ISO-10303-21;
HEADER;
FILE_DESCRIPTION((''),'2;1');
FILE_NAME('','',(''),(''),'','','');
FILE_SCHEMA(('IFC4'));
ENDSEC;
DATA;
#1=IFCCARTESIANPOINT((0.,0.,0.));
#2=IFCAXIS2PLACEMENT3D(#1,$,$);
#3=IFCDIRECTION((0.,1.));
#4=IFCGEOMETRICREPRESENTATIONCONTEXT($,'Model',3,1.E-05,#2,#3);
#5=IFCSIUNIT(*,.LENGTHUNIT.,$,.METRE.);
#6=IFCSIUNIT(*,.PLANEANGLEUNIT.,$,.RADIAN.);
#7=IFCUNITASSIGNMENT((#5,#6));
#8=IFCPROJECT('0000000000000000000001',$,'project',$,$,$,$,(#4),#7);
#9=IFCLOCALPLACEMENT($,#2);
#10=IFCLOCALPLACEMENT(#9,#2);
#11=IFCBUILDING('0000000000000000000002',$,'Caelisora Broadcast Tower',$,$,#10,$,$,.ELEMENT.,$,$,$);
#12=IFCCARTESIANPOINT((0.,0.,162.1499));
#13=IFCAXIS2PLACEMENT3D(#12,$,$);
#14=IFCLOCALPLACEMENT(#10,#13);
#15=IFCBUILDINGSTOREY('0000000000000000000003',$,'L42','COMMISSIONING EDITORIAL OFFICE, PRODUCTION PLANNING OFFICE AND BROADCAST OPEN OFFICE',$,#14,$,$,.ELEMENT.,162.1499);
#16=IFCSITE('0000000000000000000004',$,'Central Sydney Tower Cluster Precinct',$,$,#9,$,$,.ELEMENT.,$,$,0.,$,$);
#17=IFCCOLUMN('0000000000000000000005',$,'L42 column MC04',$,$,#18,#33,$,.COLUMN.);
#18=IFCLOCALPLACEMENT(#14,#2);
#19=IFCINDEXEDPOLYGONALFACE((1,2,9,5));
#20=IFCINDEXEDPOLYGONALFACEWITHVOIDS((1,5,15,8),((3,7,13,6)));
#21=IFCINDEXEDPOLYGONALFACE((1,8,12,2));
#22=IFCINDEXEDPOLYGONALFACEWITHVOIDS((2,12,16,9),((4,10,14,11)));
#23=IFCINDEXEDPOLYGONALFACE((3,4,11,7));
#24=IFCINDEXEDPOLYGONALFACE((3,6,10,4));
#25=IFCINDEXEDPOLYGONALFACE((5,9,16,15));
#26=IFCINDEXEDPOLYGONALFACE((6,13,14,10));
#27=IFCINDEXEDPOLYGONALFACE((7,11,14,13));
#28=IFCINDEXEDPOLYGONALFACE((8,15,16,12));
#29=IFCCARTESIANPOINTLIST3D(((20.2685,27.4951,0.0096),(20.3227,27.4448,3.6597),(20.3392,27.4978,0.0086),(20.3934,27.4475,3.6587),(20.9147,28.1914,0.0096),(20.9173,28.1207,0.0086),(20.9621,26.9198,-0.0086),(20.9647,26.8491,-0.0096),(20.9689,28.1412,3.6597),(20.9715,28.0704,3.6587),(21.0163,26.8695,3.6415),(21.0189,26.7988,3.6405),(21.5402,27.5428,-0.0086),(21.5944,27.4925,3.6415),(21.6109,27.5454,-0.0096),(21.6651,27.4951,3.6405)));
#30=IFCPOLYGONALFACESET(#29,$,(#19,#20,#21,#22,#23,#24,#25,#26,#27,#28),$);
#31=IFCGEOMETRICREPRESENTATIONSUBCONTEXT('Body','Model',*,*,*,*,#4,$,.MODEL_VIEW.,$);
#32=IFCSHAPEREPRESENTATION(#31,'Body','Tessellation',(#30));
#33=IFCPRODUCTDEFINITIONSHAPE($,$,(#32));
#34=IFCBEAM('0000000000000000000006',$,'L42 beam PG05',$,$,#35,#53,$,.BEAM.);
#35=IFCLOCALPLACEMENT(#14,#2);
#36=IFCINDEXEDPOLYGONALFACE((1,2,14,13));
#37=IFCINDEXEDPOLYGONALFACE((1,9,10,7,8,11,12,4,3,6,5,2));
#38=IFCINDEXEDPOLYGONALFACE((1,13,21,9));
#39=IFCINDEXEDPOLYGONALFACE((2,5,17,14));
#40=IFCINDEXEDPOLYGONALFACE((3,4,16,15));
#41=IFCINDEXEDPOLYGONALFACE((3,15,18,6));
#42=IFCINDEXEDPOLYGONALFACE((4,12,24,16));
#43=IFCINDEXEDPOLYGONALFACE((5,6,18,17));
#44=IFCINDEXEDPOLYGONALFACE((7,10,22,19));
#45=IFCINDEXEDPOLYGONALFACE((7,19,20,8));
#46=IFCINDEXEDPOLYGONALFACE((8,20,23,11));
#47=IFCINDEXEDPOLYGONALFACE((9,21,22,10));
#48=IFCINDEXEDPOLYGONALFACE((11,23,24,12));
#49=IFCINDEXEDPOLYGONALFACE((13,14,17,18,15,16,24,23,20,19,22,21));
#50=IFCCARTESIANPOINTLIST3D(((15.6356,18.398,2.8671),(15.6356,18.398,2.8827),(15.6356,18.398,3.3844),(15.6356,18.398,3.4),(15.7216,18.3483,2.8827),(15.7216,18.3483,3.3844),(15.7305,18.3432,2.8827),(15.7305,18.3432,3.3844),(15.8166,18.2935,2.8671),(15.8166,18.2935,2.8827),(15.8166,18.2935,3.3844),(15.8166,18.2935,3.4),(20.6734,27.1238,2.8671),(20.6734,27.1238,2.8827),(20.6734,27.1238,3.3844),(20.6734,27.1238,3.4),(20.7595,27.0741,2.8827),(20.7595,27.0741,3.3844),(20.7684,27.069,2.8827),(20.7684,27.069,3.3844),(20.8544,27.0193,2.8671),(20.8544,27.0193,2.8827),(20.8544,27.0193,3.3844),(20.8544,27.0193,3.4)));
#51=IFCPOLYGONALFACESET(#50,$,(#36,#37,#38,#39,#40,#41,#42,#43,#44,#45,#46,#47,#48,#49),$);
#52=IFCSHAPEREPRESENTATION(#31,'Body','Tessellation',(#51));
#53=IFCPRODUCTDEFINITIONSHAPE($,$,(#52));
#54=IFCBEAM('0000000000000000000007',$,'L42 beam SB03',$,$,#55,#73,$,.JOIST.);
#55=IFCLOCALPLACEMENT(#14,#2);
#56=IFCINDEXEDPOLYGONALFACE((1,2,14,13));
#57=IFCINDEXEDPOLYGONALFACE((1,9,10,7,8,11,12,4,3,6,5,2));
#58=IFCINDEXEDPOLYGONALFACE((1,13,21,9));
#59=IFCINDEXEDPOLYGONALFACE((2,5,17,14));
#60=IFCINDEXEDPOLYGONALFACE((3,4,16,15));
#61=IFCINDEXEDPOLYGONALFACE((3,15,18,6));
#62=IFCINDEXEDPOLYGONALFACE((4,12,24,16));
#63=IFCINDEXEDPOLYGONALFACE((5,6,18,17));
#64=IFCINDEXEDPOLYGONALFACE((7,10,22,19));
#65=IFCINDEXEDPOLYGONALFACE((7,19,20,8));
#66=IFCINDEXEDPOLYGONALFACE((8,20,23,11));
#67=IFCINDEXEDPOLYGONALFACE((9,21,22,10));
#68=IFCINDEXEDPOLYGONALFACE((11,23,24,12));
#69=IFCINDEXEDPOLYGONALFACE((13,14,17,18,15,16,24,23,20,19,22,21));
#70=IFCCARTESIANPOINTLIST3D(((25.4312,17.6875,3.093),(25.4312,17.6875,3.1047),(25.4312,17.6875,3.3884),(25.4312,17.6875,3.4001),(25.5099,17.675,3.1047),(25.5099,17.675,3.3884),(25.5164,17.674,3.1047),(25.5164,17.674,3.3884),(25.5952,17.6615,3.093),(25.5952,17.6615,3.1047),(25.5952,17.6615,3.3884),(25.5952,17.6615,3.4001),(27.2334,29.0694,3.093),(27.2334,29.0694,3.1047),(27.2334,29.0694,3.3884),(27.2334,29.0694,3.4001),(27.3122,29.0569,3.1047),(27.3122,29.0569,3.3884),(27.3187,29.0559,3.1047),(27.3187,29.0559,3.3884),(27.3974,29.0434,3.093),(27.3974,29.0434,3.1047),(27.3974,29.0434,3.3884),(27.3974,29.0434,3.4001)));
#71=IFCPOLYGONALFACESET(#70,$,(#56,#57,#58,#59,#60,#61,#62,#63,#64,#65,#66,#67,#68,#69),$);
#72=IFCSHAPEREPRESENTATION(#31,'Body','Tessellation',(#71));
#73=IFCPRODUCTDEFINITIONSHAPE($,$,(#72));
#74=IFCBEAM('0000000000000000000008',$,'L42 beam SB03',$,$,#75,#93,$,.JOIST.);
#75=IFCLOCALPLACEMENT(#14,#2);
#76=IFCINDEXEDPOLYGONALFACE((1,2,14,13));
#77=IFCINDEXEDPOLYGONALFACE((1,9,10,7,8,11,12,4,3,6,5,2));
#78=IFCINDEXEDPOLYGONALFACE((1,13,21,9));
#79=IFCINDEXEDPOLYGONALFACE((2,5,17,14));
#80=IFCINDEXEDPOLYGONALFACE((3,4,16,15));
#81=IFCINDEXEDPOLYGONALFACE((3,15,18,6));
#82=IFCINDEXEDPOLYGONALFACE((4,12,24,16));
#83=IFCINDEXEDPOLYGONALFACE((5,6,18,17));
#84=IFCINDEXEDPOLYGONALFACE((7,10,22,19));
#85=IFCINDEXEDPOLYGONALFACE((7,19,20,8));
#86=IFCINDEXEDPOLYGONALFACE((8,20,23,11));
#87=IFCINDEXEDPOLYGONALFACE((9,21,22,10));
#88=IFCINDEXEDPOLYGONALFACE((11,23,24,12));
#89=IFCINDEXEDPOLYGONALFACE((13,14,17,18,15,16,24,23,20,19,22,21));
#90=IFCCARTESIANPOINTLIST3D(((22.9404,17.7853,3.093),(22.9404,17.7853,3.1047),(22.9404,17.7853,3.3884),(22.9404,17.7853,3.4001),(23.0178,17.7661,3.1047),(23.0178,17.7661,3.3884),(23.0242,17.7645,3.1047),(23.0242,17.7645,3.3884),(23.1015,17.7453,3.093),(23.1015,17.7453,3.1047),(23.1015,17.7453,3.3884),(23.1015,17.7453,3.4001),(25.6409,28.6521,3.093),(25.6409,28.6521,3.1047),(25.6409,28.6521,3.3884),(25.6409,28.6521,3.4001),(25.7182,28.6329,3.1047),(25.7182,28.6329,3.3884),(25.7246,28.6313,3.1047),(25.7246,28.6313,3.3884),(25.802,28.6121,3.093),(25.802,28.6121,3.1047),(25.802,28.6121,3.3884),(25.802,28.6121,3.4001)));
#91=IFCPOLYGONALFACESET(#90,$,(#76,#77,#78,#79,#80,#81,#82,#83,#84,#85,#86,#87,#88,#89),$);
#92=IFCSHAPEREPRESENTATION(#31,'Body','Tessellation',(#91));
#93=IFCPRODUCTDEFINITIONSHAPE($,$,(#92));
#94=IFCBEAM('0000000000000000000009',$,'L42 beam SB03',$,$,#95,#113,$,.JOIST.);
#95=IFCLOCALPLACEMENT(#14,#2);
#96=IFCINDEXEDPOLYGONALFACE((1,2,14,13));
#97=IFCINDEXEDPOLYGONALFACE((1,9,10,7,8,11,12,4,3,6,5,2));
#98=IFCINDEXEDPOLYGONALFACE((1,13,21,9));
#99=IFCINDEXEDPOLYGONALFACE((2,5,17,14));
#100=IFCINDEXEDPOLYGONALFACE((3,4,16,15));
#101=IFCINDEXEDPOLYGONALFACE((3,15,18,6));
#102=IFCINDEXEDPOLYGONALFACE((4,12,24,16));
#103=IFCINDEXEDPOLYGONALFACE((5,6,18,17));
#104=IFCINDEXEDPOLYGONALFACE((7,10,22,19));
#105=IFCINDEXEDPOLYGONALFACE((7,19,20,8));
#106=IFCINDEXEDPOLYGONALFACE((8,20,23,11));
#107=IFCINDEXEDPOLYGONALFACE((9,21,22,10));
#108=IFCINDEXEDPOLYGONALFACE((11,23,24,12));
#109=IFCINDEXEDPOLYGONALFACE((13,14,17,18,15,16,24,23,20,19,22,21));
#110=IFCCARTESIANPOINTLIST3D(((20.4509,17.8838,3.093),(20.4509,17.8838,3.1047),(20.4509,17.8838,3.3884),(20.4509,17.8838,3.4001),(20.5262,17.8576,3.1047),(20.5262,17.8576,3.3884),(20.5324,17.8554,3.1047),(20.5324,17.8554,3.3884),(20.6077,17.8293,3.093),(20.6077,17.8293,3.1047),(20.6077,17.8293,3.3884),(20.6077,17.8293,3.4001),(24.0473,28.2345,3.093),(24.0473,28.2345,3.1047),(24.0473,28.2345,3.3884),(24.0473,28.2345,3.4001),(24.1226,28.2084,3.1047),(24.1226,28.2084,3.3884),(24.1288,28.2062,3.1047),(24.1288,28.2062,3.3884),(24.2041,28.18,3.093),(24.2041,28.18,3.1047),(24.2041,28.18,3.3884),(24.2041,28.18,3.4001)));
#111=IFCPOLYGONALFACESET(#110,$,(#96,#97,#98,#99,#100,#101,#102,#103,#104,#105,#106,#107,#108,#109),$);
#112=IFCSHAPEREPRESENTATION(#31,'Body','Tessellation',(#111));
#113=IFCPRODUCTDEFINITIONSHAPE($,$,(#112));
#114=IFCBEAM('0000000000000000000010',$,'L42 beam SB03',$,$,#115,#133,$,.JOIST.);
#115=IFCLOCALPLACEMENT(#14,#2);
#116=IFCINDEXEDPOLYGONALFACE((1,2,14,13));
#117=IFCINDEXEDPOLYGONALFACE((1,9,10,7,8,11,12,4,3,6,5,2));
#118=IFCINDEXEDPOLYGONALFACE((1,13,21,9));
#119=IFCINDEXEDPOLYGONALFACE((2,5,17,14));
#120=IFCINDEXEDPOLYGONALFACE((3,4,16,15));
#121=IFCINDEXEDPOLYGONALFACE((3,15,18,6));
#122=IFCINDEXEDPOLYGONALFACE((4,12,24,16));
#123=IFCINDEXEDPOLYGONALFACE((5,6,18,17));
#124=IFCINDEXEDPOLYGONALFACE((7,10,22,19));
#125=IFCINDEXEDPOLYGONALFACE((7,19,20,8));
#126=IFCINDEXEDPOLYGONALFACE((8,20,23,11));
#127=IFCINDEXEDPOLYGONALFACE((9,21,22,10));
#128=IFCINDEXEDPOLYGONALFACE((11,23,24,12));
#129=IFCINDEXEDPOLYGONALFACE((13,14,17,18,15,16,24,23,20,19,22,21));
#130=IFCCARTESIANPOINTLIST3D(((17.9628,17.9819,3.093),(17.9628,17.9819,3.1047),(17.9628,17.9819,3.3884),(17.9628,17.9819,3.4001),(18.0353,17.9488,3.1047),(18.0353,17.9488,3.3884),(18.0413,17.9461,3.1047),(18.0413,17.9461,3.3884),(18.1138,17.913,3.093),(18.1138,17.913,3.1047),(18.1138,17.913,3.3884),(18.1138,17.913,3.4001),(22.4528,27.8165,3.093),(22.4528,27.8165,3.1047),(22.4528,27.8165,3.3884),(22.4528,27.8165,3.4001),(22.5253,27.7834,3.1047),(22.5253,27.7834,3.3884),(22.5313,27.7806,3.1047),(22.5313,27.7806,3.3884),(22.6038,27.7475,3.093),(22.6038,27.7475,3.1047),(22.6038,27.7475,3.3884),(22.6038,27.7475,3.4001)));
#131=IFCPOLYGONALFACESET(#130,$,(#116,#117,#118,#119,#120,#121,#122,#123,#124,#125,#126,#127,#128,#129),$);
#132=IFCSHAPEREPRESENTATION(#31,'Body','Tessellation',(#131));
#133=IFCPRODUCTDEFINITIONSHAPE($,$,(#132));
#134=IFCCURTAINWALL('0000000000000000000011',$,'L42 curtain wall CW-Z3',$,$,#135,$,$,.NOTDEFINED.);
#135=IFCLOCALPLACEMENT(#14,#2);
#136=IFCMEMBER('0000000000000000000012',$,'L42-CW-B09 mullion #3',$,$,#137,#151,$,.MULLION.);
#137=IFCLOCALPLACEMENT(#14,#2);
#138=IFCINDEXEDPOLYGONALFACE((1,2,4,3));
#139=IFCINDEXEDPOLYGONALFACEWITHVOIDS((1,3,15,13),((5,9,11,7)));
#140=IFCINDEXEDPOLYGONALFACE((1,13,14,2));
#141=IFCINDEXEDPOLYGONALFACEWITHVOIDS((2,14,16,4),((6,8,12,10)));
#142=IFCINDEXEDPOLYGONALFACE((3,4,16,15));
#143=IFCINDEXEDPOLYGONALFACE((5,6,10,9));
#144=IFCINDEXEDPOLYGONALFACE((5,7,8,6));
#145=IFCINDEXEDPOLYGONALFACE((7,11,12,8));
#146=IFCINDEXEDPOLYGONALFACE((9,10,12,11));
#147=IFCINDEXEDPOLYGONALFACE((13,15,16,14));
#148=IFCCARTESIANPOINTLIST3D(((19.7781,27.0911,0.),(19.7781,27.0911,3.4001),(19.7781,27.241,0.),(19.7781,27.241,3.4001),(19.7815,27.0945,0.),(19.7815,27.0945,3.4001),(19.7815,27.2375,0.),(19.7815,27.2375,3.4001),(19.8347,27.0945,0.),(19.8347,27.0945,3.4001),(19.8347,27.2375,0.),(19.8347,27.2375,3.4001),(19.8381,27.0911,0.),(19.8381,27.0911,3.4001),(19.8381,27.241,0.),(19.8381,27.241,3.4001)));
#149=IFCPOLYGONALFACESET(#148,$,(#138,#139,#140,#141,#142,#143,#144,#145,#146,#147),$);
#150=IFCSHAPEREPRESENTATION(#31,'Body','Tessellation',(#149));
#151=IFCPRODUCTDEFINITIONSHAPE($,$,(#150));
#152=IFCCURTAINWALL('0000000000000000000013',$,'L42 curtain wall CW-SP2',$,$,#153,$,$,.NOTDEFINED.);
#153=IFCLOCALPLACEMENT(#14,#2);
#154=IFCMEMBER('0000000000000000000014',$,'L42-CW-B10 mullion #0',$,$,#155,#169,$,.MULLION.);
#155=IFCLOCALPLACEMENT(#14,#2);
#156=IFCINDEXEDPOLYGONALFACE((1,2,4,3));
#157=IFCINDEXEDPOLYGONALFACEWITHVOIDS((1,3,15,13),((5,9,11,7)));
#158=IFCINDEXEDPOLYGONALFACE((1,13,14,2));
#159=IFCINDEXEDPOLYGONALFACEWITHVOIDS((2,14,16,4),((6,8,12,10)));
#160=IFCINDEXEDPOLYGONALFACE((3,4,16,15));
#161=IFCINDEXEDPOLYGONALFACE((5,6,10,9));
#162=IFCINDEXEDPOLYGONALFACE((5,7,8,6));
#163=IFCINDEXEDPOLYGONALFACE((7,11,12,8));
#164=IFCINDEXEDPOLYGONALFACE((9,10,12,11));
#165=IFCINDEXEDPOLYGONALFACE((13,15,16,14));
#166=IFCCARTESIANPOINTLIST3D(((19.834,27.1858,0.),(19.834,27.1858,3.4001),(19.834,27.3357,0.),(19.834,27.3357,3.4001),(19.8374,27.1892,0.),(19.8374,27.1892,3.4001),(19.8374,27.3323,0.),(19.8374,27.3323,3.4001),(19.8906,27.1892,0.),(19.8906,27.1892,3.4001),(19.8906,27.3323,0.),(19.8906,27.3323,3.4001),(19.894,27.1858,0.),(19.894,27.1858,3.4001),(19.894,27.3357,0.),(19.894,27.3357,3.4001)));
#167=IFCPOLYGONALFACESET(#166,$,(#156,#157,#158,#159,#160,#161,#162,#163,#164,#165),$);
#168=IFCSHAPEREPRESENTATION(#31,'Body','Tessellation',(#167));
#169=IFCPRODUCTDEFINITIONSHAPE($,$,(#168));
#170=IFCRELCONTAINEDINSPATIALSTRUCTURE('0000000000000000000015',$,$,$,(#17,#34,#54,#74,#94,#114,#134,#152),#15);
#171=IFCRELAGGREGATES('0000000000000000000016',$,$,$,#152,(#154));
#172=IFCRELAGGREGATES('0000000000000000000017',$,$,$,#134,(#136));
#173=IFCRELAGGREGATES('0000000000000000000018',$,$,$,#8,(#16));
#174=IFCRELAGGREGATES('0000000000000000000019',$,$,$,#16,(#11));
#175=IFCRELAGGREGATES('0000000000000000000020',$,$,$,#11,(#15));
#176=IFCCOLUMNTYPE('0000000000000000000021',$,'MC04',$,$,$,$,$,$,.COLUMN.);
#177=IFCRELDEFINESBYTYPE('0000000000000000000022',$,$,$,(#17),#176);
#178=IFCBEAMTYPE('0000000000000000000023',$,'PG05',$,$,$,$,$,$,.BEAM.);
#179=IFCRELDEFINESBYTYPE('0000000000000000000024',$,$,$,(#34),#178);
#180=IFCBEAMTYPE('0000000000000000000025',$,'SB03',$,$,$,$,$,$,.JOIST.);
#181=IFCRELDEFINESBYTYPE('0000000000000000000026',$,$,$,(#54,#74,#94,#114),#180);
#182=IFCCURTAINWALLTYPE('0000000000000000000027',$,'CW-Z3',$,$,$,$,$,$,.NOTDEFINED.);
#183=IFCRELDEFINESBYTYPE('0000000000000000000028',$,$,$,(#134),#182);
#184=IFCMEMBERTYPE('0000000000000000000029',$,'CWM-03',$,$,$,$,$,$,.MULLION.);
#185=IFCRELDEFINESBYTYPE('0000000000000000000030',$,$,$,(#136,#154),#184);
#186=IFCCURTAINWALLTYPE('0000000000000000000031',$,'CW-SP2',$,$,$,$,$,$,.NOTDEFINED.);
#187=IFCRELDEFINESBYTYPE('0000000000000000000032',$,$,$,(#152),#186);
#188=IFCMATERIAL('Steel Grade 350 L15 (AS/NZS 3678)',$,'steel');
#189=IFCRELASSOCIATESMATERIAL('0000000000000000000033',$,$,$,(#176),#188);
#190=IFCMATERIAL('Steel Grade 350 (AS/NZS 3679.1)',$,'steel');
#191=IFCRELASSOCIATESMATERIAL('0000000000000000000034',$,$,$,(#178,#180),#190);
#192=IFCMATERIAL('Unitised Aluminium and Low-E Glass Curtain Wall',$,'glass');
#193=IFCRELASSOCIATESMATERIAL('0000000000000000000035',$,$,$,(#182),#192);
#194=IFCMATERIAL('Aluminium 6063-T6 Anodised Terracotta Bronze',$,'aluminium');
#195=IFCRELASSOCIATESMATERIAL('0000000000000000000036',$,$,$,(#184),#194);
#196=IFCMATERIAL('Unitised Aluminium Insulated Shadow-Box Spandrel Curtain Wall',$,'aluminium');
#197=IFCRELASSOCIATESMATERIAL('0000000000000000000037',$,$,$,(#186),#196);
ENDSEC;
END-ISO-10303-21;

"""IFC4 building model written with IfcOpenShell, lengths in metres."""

from ifc_helpers import new_model, si_unit, direction, frame, origin, origin_2d, place, context, subcontext, project, spatial, hollow_rectangle, i_section, extrude, source, transform, mapped, material, material_profile, profile_set, type_object, type_shapes, element, aggregate, save


model = new_model("IFC4")

# Units and contexts
model_context = context("Model", 3, precision=1e-05, world=origin(), true_north=direction((0.0, 1.0)))
body_context = subcontext(model_context, "Body", "Model", "MODEL_VIEW")
ifc_project = project(units=[si_unit("LENGTHUNIT", "METRE"), si_unit("PLANEANGLEUNIT", "RADIAN")], contexts=[model_context])

# Site, building, storey
site_placement = place(None, origin())
site = spatial("IfcSite", under=ifc_project, at=site_placement, Name="Central Sydney Tower Cluster Precinct", CompositionType="ELEMENT", RefElevation=0.0)
building_placement = place(site_placement, origin())
building = spatial("IfcBuilding", under=site, at=building_placement, Name="Caelisora Broadcast Tower", CompositionType="ELEMENT")
storey_placement = place(building_placement, frame((0.0, 0.0, 162.1499)))
storey = spatial("IfcBuildingStorey", under=building, at=storey_placement, Name="L42", Description="COMMISSIONING EDITORIAL OFFICE, PRODUCTION PLANNING OFFICE AND BROADCAST OPEN OFFICE", CompositionType="ELEMENT", Elevation=162.1499)

# Column
ifc_material_1 = material(Name="Steel Grade 350 L15 (AS/NZS 3678)", Category="steel")
ifc_material_profile_1 = material_profile(ifc_material_1, hollow_rectangle(XDim=0.95, YDim=0.95, WallThickness=0.05, at=origin_2d()), Name="Steel Grade 350 L15 (AS/NZS 3678)")
ifc_profile_set_1 = profile_set([ifc_material_profile_1], Name="Steel Grade 350 L15 (AS/NZS 3678)")
column_type = type_object("IfcColumnType", Name="MC04", PredefinedType="COLUMN", material=ifc_profile_set_1)
shared_shape_1 = source(origin(), body_context, "Body", "SweptSolid", [
    extrude(hollow_rectangle(XDim=0.95, YDim=0.95, WallThickness=0.05, at=origin_2d()), origin(), (0.0, 0.0, 1.0), 3.6509),
])
type_shapes(column_type, [shared_shape_1])
column_placement = place(storey_placement, frame((20.9397, 27.5203, 0.0), z_axis=(0.014845, -0.013776, 0.999795), x_axis=(0.680198, 0.733029, 0.0)))
element("IfcColumn", 1, at=column_placement, inside=storey, type_object=column_type, Name="L42 column MC04", PredefinedType="COLUMN", context=body_context, shape_type="MappedRepresentation", body=[
    mapped(shared_shape_1, transform((0.0, 0.0, 0.0), scale=1.0)),
])

# Beams
ifc_material_2 = material(Name="Steel Grade 350 (AS/NZS 3679.1)", Category="steel")
ifc_material_profile_2 = material_profile(ifc_material_2, i_section(OverallWidth=0.209, OverallDepth=0.533, WebThickness=0.0103, FlangeThickness=0.0156, at=origin_2d()), Name="Steel Grade 350 (AS/NZS 3679.1)")
ifc_profile_set_2 = profile_set([ifc_material_profile_2], Name="Steel Grade 350 (AS/NZS 3679.1)")
beam_type_1 = type_object("IfcBeamType", Name="PG05", PredefinedType="BEAM", material=ifc_profile_set_2)
shared_shape_2 = source(origin(), body_context, "Body", "SweptSolid", [
    extrude(i_section(OverallWidth=0.209, OverallDepth=0.533, WebThickness=0.0103, FlangeThickness=0.0156, at=origin_2d()), origin(), (0.0, 0.0, 1.0), 10.0757),
])
type_shapes(beam_type_1, [shared_shape_2])
beam_1_placement = place(storey_placement, frame((20.7639, 27.0715, 3.1335), z_axis=(-0.499999, -0.866026, 0.0), x_axis=(0.866026, -0.499999, 0.0)))
element("IfcBeam", 2, at=beam_1_placement, inside=storey, type_object=beam_type_1, Name="L42 beam PG05", PredefinedType="BEAM", context=body_context, shape_type="MappedRepresentation", body=[
    mapped(shared_shape_2, transform((0.0, 0.0, 0.0), scale=1.0)),
])
ifc_material_profile_3 = material_profile(ifc_material_2, i_section(OverallWidth=0.166, OverallDepth=0.3071, WebThickness=0.0066, FlangeThickness=0.0117, at=origin_2d()), Name="Steel Grade 350 (AS/NZS 3679.1)")
ifc_profile_set_3 = profile_set([ifc_material_profile_3], Name="Steel Grade 350 (AS/NZS 3679.1)")
beam_type_2 = type_object("IfcBeamType", Name="SB03", PredefinedType="JOIST", material=ifc_profile_set_3)
shared_shape_3 = source(origin(), body_context, "Body", "SweptSolid", [
    extrude(i_section(OverallWidth=0.166, OverallDepth=0.3071, WebThickness=0.0066, FlangeThickness=0.0117, at=origin_2d()), origin(), (0.0, 0.0, 1.0), 11.5237),
])
beam_2_placement = place(storey_placement, frame((27.3154, 29.0564, 3.2466), z_axis=(-0.156396, -0.987695, 0.0), x_axis=(0.987695, -0.156396, 0.0)))
element("IfcBeam", 3, at=beam_2_placement, inside=storey, type_object=beam_type_2, Name="L42 beam SB03", PredefinedType="JOIST", context=body_context, shape_type="MappedRepresentation", body=[
    mapped(shared_shape_3, transform((0.0, 0.0, 0.0), scale=1.0)),
])
shared_shape_4 = source(origin(), body_context, "Body", "SweptSolid", [
    extrude(i_section(OverallWidth=0.166, OverallDepth=0.3071, WebThickness=0.0066, FlangeThickness=0.0117, at=origin_2d()), origin(), (0.0, 0.0, 1.0), 11.1973),
])
beam_3_placement = place(storey_placement, frame((25.7214, 28.6321, 3.2466), z_axis=(-0.241171, -0.970483, 0.0), x_axis=(0.970483, -0.241171, 0.0)))
element("IfcBeam", 4, at=beam_3_placement, inside=storey, type_object=beam_type_2, Name="L42 beam SB03", PredefinedType="JOIST", context=body_context, shape_type="MappedRepresentation", body=[
    mapped(shared_shape_4, transform((0.0, 0.0, 0.0), scale=1.0)),
])
shared_shape_5 = source(origin(), body_context, "Body", "SweptSolid", [
    extrude(i_section(OverallWidth=0.166, OverallDepth=0.3071, WebThickness=0.0066, FlangeThickness=0.0117, at=origin_2d()), origin(), (0.0, 0.0, 1.0), 10.9578),
])
beam_4_placement = place(storey_placement, frame((24.1257, 28.2073, 3.2466), z_axis=(-0.328207, -0.944606, 0.0), x_axis=(0.944606, -0.328207, 0.0)))
element("IfcBeam", 5, at=beam_4_placement, inside=storey, type_object=beam_type_2, Name="L42 beam SB03", PredefinedType="JOIST", context=body_context, shape_type="MappedRepresentation", body=[
    mapped(shared_shape_5, transform((0.0, 0.0, 0.0), scale=1.0)),
])
shared_shape_6 = source(origin(), body_context, "Body", "SweptSolid", [
    extrude(i_section(OverallWidth=0.166, OverallDepth=0.3071, WebThickness=0.0066, FlangeThickness=0.0117, at=origin_2d()), origin(), (0.0, 0.0, 1.0), 10.811),
])
type_shapes(beam_type_2, [shared_shape_3, shared_shape_4, shared_shape_5, shared_shape_6])
beam_5_placement = place(storey_placement, frame((22.5283, 27.782, 3.2466), z_axis=(-0.415318, -0.909676, 0.0), x_axis=(0.909676, -0.415318, 0.0)))
element("IfcBeam", 6, at=beam_5_placement, inside=storey, type_object=beam_type_2, Name="L42 beam SB03", PredefinedType="JOIST", context=body_context, shape_type="MappedRepresentation", body=[
    mapped(shared_shape_6, transform((0.0, 0.0, 0.0), scale=1.0)),
])

# Curtain wall, member
ifc_material_3 = material(Name="Unitised Aluminium and Low-E Glass Curtain Wall", Category="glass")
curtain_wall_type_1 = type_object("IfcCurtainWallType", Name="CW-Z3", PredefinedType="NOTDEFINED", material=ifc_material_3)
curtain_wall_1_placement = place(storey_placement, origin())
curtain_wall_1 = element("IfcCurtainWall", 7, at=curtain_wall_1_placement, inside=storey, type_object=curtain_wall_type_1, Name="L42 curtain wall CW-Z3", PredefinedType="NOTDEFINED")
ifc_material_4 = material(Name="Aluminium 6063-T6 Anodised Terracotta Bronze", Category="aluminium")
ifc_material_profile_4 = material_profile(ifc_material_4, hollow_rectangle(XDim=0.0601, YDim=0.1499, WallThickness=0.0034, at=origin_2d()), Name="Aluminium 6063-T6 Anodised Terracotta Bronze")
ifc_profile_set_4 = profile_set([ifc_material_profile_4], Name="Aluminium 6063-T6 Anodised Terracotta Bronze")
member_type_1 = type_object("IfcMemberType", Name="CWM-03", PredefinedType="MULLION", material=ifc_profile_set_4)
shared_shape_7 = source(origin(), body_context, "Body", "SweptSolid", [
    extrude(hollow_rectangle(XDim=0.0601, YDim=0.1499, WallThickness=0.0034, at=origin_2d()), origin(), (0.0, 0.0, 1.0), 3.4001),
])
type_shapes(member_type_1, [shared_shape_7])
member_1_placement = place(storey_placement, frame((19.8081, 27.166, 0.0), z_axis=(0.0, 0.0, 1.0), x_axis=(1.0, 0.0, 0.0)))
member_1 = element("IfcMember", 8, at=member_1_placement, type_object=member_type_1, Name="L42-CW-B09 mullion #3", PredefinedType="MULLION", context=body_context, shape_type="MappedRepresentation", body=[
    mapped(shared_shape_7, transform((0.0, 0.0, 0.0), scale=1.0)),
])

# Curtain wall, member
ifc_material_5 = material(Name="Unitised Aluminium Insulated Shadow-Box Spandrel Curtain Wall", Category="aluminium")
curtain_wall_type_2 = type_object("IfcCurtainWallType", Name="CW-SP2", PredefinedType="NOTDEFINED", material=ifc_material_5)
curtain_wall_2_placement = place(storey_placement, origin())
curtain_wall_2 = element("IfcCurtainWall", 9, at=curtain_wall_2_placement, inside=storey, type_object=curtain_wall_type_2, Name="L42 curtain wall CW-SP2", PredefinedType="NOTDEFINED")
member_2_placement = place(storey_placement, frame((19.864, 27.2607, 0.0), z_axis=(0.0, 0.0, 1.0), x_axis=(1.0, 0.0, 0.0)))
member_2 = element("IfcMember", 10, at=member_2_placement, type_object=member_type_1, Name="L42-CW-B10 mullion #0", PredefinedType="MULLION", context=body_context, shape_type="MappedRepresentation", body=[
    mapped(shared_shape_7, transform((0.0, 0.0, 0.0), scale=1.0)),
])

aggregate(curtain_wall_2, [member_2])
aggregate(curtain_wall_1, [member_1])

save(model, "model.ifc")
